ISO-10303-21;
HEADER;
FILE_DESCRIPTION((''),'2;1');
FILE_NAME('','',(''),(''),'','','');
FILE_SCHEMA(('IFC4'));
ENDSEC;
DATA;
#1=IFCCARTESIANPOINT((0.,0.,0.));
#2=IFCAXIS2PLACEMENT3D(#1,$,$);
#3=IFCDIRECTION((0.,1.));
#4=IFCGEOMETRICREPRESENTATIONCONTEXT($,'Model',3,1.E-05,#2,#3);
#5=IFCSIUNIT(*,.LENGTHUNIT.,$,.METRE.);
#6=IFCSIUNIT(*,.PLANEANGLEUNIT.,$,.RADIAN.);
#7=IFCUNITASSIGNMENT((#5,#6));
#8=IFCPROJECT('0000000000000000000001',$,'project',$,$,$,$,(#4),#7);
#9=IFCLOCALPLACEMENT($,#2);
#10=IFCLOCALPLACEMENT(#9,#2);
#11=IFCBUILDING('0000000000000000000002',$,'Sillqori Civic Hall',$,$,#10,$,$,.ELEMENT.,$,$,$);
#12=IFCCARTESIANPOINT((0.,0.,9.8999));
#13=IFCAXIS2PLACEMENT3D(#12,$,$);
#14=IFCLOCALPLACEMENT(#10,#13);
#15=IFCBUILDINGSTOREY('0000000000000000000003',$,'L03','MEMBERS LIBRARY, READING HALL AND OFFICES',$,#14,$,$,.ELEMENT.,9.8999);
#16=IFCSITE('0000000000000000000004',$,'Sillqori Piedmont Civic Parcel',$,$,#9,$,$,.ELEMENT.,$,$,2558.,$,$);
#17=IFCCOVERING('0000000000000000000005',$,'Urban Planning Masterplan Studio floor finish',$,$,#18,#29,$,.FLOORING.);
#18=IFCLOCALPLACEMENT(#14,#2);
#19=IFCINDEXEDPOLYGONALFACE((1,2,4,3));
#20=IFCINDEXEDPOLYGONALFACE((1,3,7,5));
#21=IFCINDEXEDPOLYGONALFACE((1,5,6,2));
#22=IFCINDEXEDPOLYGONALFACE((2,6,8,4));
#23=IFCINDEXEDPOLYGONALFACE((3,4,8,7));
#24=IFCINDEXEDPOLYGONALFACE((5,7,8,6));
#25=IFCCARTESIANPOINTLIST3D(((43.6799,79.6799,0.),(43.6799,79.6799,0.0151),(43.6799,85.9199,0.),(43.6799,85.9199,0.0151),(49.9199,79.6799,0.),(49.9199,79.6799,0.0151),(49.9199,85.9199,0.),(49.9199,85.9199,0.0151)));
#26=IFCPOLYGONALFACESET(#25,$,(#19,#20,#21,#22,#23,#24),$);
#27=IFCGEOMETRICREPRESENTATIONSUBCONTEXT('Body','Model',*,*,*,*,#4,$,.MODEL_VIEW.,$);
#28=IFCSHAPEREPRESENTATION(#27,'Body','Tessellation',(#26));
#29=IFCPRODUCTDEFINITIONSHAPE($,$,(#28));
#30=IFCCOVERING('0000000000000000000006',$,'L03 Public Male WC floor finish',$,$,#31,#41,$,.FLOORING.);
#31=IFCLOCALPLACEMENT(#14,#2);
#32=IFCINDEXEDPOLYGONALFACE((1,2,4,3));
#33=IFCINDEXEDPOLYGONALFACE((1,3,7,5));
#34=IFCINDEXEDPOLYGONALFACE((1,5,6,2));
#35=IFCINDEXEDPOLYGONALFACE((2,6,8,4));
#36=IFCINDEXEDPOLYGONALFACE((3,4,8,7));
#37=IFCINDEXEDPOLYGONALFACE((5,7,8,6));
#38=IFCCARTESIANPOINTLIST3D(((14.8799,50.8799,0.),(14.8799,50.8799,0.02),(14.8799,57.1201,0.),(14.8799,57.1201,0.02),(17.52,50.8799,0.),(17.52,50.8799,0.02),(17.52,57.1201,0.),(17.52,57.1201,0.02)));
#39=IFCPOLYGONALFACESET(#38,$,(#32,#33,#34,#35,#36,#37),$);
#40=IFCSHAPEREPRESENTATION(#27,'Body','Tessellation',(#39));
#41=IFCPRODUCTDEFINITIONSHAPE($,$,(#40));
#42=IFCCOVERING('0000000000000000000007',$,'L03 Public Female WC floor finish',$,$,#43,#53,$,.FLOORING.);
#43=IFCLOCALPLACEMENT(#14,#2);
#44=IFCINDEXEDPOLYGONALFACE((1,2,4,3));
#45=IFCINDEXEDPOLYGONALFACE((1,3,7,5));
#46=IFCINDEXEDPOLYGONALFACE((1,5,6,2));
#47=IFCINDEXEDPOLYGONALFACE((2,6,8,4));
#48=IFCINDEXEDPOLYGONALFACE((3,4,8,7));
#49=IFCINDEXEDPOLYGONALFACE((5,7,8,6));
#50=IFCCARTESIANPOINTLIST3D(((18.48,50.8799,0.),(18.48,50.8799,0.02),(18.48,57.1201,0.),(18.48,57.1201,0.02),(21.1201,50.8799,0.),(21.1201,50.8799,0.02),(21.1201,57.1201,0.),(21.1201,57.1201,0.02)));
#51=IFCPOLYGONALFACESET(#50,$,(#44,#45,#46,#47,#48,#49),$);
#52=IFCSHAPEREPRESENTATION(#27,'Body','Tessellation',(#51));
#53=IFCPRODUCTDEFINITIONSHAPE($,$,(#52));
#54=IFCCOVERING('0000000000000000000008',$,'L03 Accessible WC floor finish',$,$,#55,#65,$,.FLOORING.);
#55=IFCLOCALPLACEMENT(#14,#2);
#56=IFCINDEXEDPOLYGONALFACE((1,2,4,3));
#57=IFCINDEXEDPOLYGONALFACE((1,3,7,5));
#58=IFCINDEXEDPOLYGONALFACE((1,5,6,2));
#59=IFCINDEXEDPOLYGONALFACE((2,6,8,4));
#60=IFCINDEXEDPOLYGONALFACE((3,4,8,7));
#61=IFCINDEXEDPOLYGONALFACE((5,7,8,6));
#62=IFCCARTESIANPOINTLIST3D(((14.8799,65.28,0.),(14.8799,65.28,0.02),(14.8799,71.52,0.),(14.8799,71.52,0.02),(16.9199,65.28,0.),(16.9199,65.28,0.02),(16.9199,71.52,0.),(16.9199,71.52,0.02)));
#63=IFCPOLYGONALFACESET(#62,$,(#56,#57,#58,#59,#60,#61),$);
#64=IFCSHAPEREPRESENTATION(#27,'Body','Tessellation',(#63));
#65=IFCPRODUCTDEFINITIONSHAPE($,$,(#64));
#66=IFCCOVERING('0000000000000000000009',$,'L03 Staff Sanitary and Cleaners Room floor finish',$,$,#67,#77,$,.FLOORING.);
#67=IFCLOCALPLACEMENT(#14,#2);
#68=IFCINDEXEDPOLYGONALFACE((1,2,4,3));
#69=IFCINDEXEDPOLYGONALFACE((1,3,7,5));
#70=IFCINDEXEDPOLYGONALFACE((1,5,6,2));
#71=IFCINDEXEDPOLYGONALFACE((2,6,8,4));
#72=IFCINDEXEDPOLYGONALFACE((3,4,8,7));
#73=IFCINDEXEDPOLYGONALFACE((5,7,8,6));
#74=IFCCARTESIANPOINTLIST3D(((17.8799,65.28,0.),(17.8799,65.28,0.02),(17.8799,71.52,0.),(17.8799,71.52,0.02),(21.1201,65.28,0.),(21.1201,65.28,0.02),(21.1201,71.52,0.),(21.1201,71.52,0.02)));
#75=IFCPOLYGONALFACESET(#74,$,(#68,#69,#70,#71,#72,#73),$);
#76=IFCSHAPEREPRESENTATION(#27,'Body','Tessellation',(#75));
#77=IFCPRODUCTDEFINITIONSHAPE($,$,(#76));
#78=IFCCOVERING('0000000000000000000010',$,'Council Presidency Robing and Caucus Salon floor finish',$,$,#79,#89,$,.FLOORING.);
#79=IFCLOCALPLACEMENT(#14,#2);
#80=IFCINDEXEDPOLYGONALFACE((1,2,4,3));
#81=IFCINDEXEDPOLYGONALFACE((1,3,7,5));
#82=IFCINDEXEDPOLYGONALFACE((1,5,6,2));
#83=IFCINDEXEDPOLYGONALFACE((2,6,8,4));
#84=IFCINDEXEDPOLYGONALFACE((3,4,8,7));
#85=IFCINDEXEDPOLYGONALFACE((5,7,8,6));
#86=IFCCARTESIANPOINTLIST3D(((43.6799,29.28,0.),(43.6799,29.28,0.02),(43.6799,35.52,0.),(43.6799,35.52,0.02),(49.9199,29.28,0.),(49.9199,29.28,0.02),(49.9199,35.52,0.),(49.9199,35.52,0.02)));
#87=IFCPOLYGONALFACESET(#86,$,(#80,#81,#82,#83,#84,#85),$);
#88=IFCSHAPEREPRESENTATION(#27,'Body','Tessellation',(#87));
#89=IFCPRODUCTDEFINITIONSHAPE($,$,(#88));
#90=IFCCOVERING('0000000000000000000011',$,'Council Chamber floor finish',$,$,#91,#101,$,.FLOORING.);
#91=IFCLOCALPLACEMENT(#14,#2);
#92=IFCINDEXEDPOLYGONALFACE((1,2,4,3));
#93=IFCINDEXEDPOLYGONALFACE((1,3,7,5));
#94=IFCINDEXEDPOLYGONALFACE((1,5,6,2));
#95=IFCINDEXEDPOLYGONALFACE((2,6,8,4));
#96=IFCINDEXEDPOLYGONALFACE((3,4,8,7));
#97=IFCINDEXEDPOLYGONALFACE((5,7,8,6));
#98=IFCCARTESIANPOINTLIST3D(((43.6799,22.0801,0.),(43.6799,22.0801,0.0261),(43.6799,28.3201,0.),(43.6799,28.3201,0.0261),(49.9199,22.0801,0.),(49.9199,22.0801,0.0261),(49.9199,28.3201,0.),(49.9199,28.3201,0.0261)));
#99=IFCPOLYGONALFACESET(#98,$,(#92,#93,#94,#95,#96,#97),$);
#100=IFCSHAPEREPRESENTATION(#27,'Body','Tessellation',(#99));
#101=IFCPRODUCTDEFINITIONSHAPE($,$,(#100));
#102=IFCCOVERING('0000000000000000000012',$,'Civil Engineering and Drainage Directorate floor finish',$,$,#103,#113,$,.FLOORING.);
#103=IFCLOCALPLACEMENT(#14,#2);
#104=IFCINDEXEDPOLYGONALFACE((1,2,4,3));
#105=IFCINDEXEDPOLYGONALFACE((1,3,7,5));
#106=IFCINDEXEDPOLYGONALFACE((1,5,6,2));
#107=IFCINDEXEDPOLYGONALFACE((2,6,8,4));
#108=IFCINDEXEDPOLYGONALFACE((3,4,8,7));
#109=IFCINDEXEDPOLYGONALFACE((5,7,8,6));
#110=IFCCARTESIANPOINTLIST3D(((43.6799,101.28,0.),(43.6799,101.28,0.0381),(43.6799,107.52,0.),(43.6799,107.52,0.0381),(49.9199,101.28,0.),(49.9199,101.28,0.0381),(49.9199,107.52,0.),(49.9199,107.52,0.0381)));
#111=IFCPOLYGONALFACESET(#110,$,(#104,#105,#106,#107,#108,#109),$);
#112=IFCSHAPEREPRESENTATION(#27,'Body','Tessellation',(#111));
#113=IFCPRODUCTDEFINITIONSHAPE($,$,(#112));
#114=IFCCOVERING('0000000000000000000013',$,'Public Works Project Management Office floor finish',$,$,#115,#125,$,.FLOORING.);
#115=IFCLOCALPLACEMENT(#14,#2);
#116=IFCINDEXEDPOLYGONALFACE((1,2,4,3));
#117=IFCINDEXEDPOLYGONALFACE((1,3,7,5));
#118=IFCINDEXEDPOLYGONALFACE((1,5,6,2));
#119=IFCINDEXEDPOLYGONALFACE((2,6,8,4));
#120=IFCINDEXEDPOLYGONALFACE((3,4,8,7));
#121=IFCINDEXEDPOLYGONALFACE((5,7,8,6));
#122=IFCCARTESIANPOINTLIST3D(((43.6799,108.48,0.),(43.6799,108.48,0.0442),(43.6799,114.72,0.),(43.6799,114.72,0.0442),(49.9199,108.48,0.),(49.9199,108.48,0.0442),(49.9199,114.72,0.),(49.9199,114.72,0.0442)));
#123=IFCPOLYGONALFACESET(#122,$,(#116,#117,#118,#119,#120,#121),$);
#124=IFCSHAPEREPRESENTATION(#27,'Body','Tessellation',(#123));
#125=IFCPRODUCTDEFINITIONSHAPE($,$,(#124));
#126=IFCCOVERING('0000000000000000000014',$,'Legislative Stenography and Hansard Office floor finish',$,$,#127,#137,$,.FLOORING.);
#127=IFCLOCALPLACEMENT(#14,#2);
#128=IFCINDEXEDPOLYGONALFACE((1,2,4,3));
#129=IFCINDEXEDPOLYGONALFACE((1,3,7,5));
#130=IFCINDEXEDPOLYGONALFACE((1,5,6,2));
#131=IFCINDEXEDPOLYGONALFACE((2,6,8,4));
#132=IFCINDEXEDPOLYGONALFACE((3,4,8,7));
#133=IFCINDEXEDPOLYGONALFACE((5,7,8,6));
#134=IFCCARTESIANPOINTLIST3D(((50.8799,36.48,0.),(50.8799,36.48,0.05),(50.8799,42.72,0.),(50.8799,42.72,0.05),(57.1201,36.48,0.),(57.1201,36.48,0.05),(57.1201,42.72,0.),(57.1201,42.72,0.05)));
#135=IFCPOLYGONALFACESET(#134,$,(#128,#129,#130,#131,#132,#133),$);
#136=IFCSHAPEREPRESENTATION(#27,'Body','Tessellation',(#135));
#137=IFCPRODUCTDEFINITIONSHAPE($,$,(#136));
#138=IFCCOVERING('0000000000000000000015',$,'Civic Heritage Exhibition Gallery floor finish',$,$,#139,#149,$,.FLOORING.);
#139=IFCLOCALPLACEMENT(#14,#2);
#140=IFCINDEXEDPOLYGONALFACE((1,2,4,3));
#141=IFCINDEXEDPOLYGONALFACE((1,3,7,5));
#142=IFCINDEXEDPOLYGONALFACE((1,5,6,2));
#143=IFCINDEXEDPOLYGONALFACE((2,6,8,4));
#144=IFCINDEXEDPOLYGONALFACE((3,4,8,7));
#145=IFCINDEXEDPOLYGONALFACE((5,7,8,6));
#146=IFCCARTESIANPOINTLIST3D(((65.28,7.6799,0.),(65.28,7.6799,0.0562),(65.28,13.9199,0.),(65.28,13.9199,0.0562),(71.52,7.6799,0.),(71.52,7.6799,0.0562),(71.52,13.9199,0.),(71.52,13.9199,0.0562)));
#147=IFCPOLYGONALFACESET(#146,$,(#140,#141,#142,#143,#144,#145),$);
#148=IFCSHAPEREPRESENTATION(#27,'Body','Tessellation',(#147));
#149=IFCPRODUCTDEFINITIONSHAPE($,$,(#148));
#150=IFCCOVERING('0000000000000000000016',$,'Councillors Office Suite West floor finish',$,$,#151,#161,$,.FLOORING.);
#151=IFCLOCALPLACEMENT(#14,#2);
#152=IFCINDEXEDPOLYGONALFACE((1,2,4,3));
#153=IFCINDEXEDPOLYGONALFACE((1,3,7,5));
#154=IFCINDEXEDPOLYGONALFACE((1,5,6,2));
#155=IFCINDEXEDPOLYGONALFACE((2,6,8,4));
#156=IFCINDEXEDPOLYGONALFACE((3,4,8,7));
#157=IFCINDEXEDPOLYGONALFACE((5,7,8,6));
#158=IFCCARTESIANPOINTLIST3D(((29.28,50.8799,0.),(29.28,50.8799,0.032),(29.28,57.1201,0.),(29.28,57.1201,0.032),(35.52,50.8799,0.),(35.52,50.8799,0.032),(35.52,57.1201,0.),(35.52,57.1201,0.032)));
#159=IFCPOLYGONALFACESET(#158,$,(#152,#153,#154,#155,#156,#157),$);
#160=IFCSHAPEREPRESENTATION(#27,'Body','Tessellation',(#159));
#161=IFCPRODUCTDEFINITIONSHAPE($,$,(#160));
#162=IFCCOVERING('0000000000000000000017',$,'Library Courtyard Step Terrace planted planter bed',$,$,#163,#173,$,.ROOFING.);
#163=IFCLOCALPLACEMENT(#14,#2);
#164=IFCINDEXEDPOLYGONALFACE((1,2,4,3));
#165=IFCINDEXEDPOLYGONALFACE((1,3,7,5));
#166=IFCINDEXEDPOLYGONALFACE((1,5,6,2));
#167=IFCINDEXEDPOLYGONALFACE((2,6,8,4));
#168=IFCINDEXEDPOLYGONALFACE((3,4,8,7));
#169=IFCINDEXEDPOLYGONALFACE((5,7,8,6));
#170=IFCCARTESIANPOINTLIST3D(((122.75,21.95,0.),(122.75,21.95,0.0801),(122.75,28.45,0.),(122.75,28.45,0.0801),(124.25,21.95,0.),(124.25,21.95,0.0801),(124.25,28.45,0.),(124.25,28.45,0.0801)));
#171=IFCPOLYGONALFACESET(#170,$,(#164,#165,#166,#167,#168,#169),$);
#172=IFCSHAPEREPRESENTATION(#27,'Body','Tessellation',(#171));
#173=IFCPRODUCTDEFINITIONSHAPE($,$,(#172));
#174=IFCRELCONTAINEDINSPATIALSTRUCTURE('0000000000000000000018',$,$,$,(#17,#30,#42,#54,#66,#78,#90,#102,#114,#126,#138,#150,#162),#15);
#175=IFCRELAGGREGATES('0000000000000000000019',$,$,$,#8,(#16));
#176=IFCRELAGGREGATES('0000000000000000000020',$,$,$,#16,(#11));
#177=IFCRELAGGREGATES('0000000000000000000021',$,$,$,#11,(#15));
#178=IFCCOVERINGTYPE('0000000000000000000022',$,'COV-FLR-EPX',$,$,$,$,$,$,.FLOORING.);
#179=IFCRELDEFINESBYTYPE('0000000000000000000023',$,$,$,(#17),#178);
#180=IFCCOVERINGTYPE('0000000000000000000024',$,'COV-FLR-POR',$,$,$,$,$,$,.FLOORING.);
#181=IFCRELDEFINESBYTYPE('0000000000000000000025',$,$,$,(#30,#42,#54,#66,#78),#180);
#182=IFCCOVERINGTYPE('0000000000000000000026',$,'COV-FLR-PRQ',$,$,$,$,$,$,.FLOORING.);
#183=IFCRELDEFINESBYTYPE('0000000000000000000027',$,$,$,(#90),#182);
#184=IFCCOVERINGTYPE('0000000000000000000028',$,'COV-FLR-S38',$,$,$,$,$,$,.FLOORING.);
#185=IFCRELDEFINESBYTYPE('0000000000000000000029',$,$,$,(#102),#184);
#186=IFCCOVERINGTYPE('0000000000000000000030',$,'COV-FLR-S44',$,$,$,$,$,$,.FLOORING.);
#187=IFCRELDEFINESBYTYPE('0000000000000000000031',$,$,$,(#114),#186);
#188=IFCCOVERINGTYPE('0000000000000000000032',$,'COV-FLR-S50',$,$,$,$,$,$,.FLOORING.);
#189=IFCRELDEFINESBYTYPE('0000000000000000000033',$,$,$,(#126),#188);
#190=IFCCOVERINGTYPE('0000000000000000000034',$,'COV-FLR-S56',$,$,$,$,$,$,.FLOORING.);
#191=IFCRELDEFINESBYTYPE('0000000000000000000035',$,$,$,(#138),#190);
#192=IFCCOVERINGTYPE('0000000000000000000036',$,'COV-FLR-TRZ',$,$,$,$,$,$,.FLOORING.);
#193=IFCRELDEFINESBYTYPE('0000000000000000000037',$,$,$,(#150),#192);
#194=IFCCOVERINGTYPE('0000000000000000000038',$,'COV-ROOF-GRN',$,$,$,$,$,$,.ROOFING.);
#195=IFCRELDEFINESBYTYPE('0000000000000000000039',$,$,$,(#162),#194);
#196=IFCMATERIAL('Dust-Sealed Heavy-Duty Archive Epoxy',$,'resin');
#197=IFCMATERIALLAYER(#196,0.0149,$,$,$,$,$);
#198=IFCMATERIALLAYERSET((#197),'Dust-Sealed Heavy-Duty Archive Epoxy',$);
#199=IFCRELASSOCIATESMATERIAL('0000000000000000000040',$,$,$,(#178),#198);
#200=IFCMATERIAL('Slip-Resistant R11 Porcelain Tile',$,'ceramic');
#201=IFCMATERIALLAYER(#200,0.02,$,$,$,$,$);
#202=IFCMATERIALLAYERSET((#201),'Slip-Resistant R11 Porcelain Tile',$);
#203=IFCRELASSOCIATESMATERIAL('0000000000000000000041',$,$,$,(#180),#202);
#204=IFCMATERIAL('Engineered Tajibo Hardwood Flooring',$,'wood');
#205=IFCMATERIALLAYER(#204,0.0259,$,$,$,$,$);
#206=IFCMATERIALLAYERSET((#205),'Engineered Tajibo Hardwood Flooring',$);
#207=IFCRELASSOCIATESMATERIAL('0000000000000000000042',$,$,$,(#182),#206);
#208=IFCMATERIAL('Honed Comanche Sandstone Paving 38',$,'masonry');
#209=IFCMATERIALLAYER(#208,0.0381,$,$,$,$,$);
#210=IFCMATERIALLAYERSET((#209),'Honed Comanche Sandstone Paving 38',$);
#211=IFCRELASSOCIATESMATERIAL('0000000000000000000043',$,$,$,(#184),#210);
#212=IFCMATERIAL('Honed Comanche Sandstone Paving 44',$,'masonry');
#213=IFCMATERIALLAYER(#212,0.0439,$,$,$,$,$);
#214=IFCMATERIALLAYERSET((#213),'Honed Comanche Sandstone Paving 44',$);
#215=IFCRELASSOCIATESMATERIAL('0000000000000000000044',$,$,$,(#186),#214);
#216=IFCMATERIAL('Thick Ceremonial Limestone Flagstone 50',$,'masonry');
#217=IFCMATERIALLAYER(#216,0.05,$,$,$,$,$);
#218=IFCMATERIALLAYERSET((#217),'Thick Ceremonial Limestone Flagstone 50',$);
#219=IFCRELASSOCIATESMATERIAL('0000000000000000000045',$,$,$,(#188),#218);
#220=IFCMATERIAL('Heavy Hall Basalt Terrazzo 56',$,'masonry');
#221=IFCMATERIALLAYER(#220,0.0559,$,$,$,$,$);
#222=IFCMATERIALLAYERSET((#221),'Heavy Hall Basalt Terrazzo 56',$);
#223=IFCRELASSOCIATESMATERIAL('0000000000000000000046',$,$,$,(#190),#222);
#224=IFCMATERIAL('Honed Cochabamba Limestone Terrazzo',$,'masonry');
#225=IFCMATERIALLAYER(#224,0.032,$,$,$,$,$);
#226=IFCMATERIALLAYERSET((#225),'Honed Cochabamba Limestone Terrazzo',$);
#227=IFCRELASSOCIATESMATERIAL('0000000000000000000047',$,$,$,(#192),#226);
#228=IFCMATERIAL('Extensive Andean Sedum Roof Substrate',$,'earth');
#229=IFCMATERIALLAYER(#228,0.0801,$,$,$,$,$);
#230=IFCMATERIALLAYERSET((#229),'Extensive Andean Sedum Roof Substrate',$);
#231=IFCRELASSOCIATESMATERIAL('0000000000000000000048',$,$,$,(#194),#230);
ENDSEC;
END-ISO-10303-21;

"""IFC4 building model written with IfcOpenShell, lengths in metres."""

from ifc_helpers import new_model, si_unit, direction, frame, origin, place, context, subcontext, project, spatial, polyline, outline, extrude, material, layer, layer_set, type_object, element, save


model = new_model("IFC4")

# Units and contexts
model_context = context("Model", 3, precision=1e-05, world=origin(), true_north=direction((0.0, 1.0)))
body_context = subcontext(model_context, "Body", "Model", "MODEL_VIEW")
ifc_project = project(units=[si_unit("LENGTHUNIT", "METRE"), si_unit("PLANEANGLEUNIT", "RADIAN")], contexts=[model_context])

# Site, building, storey
site_placement = place(None, origin())
site = spatial("IfcSite", under=ifc_project, at=site_placement, Name="Sillqori Piedmont Civic Parcel", CompositionType="ELEMENT", RefElevation=2558.0)
building_placement = place(site_placement, origin())
building = spatial("IfcBuilding", under=site, at=building_placement, Name="Sillqori Civic Hall", CompositionType="ELEMENT")
storey_placement = place(building_placement, frame((0.0, 0.0, 9.8999)))
storey = spatial("IfcBuildingStorey", under=building, at=storey_placement, Name="L03", Description="MEMBERS LIBRARY, READING HALL AND OFFICES", CompositionType="ELEMENT", Elevation=9.8999)

# Coverings
ifc_material_1 = material(Name="Dust-Sealed Heavy-Duty Archive Epoxy", Category="resin")
ifc_layer_1 = layer(ifc_material_1, 0.0149)
ifc_layer_set_1 = layer_set([ifc_layer_1], Name="Dust-Sealed Heavy-Duty Archive Epoxy")
covering_type_1 = type_object("IfcCoveringType", Name="COV-FLR-EPX", PredefinedType="FLOORING", material=ifc_layer_set_1)
covering_1_placement = place(storey_placement, origin())
element("IfcCovering", 1, at=covering_1_placement, inside=storey, type_object=covering_type_1, Name="Urban Planning Masterplan Studio floor finish", PredefinedType="FLOORING", context=body_context, shape_type="SweptSolid", body=[
    extrude(outline(polyline([(43.6799, 79.6799), (49.9199, 79.6799), (49.9199, 85.9199), (43.6799, 85.9199), (43.6799, 79.6799)])), origin(), (0.0, 0.0, 1.0), 0.0151),
])
ifc_material_2 = material(Name="Slip-Resistant R11 Porcelain Tile", Category="ceramic")
ifc_layer_2 = layer(ifc_material_2, 0.02)
ifc_layer_set_2 = layer_set([ifc_layer_2], Name="Slip-Resistant R11 Porcelain Tile")
covering_type_2 = type_object("IfcCoveringType", Name="COV-FLR-POR", PredefinedType="FLOORING", material=ifc_layer_set_2)
covering_2_placement = place(storey_placement, origin())
element("IfcCovering", 2, at=covering_2_placement, inside=storey, type_object=covering_type_2, Name="L03 Public Male WC floor finish", PredefinedType="FLOORING", context=body_context, shape_type="SweptSolid", body=[
    extrude(outline(polyline([(14.8799, 50.8799), (17.52, 50.8799), (17.52, 57.1201), (14.8799, 57.1201), (14.8799, 50.8799)])), origin(), (0.0, 0.0, 1.0), 0.02),
])
covering_3_placement = place(storey_placement, origin())
element("IfcCovering", 3, at=covering_3_placement, inside=storey, type_object=covering_type_2, Name="L03 Public Female WC floor finish", PredefinedType="FLOORING", context=body_context, shape_type="SweptSolid", body=[
    extrude(outline(polyline([(18.48, 50.8799), (21.1201, 50.8799), (21.1201, 57.1201), (18.48, 57.1201), (18.48, 50.8799)])), origin(), (0.0, 0.0, 1.0), 0.02),
])
covering_4_placement = place(storey_placement, origin())
element("IfcCovering", 4, at=covering_4_placement, inside=storey, type_object=covering_type_2, Name="L03 Accessible WC floor finish", PredefinedType="FLOORING", context=body_context, shape_type="SweptSolid", body=[
    extrude(outline(polyline([(14.8799, 65.28), (16.9199, 65.28), (16.9199, 71.52), (14.8799, 71.52), (14.8799, 65.28)])), origin(), (0.0, 0.0, 1.0), 0.02),
])
covering_5_placement = place(storey_placement, origin())
element("IfcCovering", 5, at=covering_5_placement, inside=storey, type_object=covering_type_2, Name="L03 Staff Sanitary and Cleaners Room floor finish", PredefinedType="FLOORING", context=body_context, shape_type="SweptSolid", body=[
    extrude(outline(polyline([(17.8799, 65.28), (21.1201, 65.28), (21.1201, 71.52), (17.8799, 71.52), (17.8799, 65.28)])), origin(), (0.0, 0.0, 1.0), 0.02),
])
covering_6_placement = place(storey_placement, origin())
element("IfcCovering", 6, at=covering_6_placement, inside=storey, type_object=covering_type_2, Name="Council Presidency Robing and Caucus Salon floor finish", PredefinedType="FLOORING", context=body_context, shape_type="SweptSolid", body=[
    extrude(outline(polyline([(43.6799, 29.28), (49.9199, 29.28), (49.9199, 35.52), (43.6799, 35.52), (43.6799, 29.28)])), origin(), (0.0, 0.0, 1.0), 0.02),
])
ifc_material_3 = material(Name="Engineered Tajibo Hardwood Flooring", Category="wood")
ifc_layer_3 = layer(ifc_material_3, 0.0259)
ifc_layer_set_3 = layer_set([ifc_layer_3], Name="Engineered Tajibo Hardwood Flooring")
covering_type_3 = type_object("IfcCoveringType", Name="COV-FLR-PRQ", PredefinedType="FLOORING", material=ifc_layer_set_3)
covering_7_placement = place(storey_placement, origin())
element("IfcCovering", 7, at=covering_7_placement, inside=storey, type_object=covering_type_3, Name="Council Chamber floor finish", PredefinedType="FLOORING", context=body_context, shape_type="SweptSolid", body=[
    extrude(outline(polyline([(43.6799, 22.0801), (49.9199, 22.0801), (49.9199, 28.3201), (43.6799, 28.3201), (43.6799, 22.0801)])), origin(), (0.0, 0.0, 1.0), 0.0261),
])
ifc_material_4 = material(Name="Honed Comanche Sandstone Paving 38", Category="masonry")
ifc_layer_4 = layer(ifc_material_4, 0.0381)
ifc_layer_set_4 = layer_set([ifc_layer_4], Name="Honed Comanche Sandstone Paving 38")
covering_type_4 = type_object("IfcCoveringType", Name="COV-FLR-S38", PredefinedType="FLOORING", material=ifc_layer_set_4)
covering_8_placement = place(storey_placement, origin())
element("IfcCovering", 8, at=covering_8_placement, inside=storey, type_object=covering_type_4, Name="Civil Engineering and Drainage Directorate floor finish", PredefinedType="FLOORING", context=body_context, shape_type="SweptSolid", body=[
    extrude(outline(polyline([(43.6799, 101.28), (49.9199, 101.28), (49.9199, 107.52), (43.6799, 107.52), (43.6799, 101.28)])), origin(), (0.0, 0.0, 1.0), 0.0381),
])
ifc_material_5 = material(Name="Honed Comanche Sandstone Paving 44", Category="masonry")
ifc_layer_5 = layer(ifc_material_5, 0.0439)
ifc_layer_set_5 = layer_set([ifc_layer_5], Name="Honed Comanche Sandstone Paving 44")
covering_type_5 = type_object("IfcCoveringType", Name="COV-FLR-S44", PredefinedType="FLOORING", material=ifc_layer_set_5)
covering_9_placement = place(storey_placement, origin())
element("IfcCovering", 9, at=covering_9_placement, inside=storey, type_object=covering_type_5, Name="Public Works Project Management Office floor finish", PredefinedType="FLOORING", context=body_context, shape_type="SweptSolid", body=[
    extrude(outline(polyline([(43.6799, 108.48), (49.9199, 108.48), (49.9199, 114.72), (43.6799, 114.72), (43.6799, 108.48)])), origin(), (0.0, 0.0, 1.0), 0.0442),
])
ifc_material_6 = material(Name="Thick Ceremonial Limestone Flagstone 50", Category="masonry")
ifc_layer_6 = layer(ifc_material_6, 0.05)
ifc_layer_set_6 = layer_set([ifc_layer_6], Name="Thick Ceremonial Limestone Flagstone 50")
covering_type_6 = type_object("IfcCoveringType", Name="COV-FLR-S50", PredefinedType="FLOORING", material=ifc_layer_set_6)
covering_10_placement = place(storey_placement, origin())
element("IfcCovering", 10, at=covering_10_placement, inside=storey, type_object=covering_type_6, Name="Legislative Stenography and Hansard Office floor finish", PredefinedType="FLOORING", context=body_context, shape_type="SweptSolid", body=[
    extrude(outline(polyline([(50.8799, 36.48), (57.1201, 36.48), (57.1201, 42.72), (50.8799, 42.72), (50.8799, 36.48)])), origin(), (0.0, 0.0, 1.0), 0.05),
])
ifc_material_7 = material(Name="Heavy Hall Basalt Terrazzo 56", Category="masonry")
ifc_layer_7 = layer(ifc_material_7, 0.0559)
ifc_layer_set_7 = layer_set([ifc_layer_7], Name="Heavy Hall Basalt Terrazzo 56")
covering_type_7 = type_object("IfcCoveringType", Name="COV-FLR-S56", PredefinedType="FLOORING", material=ifc_layer_set_7)
covering_11_placement = place(storey_placement, origin())
element("IfcCovering", 11, at=covering_11_placement, inside=storey, type_object=covering_type_7, Name="Civic Heritage Exhibition Gallery floor finish", PredefinedType="FLOORING", context=body_context, shape_type="SweptSolid", body=[
    extrude(outline(polyline([(65.28, 7.6799), (71.52, 7.6799), (71.52, 13.9199), (65.28, 13.9199), (65.28, 7.6799)])), origin(), (0.0, 0.0, 1.0), 0.0562),
])
ifc_material_8 = material(Name="Honed Cochabamba Limestone Terrazzo", Category="masonry")
ifc_layer_8 = layer(ifc_material_8, 0.032)
ifc_layer_set_8 = layer_set([ifc_layer_8], Name="Honed Cochabamba Limestone Terrazzo")
covering_type_8 = type_object("IfcCoveringType", Name="COV-FLR-TRZ", PredefinedType="FLOORING", material=ifc_layer_set_8)
covering_12_placement = place(storey_placement, origin())
element("IfcCovering", 12, at=covering_12_placement, inside=storey, type_object=covering_type_8, Name="Councillors Office Suite West floor finish", PredefinedType="FLOORING", context=body_context, shape_type="SweptSolid", body=[
    extrude(outline(polyline([(29.28, 50.8799), (35.52, 50.8799), (35.52, 57.1201), (29.28, 57.1201), (29.28, 50.8799)])), origin(), (0.0, 0.0, 1.0), 0.032),
])
ifc_material_9 = material(Name="Extensive Andean Sedum Roof Substrate", Category="earth")
ifc_layer_9 = layer(ifc_material_9, 0.0801)
ifc_layer_set_9 = layer_set([ifc_layer_9], Name="Extensive Andean Sedum Roof Substrate")
covering_type_9 = type_object("IfcCoveringType", Name="COV-ROOF-GRN", PredefinedType="ROOFING", material=ifc_layer_set_9)
covering_13_placement = place(storey_placement, origin())
element("IfcCovering", 13, at=covering_13_placement, inside=storey, type_object=covering_type_9, Name="Library Courtyard Step Terrace planted planter bed", PredefinedType="ROOFING", context=body_context, shape_type="SweptSolid", body=[
    extrude(outline(polyline([(122.75, 21.95), (124.25, 21.95), (124.25, 28.45), (122.75, 28.45), (122.75, 21.95)])), origin(), (0.0, 0.0, 1.0), 0.0801),
])

save(model, "model.ifc")
